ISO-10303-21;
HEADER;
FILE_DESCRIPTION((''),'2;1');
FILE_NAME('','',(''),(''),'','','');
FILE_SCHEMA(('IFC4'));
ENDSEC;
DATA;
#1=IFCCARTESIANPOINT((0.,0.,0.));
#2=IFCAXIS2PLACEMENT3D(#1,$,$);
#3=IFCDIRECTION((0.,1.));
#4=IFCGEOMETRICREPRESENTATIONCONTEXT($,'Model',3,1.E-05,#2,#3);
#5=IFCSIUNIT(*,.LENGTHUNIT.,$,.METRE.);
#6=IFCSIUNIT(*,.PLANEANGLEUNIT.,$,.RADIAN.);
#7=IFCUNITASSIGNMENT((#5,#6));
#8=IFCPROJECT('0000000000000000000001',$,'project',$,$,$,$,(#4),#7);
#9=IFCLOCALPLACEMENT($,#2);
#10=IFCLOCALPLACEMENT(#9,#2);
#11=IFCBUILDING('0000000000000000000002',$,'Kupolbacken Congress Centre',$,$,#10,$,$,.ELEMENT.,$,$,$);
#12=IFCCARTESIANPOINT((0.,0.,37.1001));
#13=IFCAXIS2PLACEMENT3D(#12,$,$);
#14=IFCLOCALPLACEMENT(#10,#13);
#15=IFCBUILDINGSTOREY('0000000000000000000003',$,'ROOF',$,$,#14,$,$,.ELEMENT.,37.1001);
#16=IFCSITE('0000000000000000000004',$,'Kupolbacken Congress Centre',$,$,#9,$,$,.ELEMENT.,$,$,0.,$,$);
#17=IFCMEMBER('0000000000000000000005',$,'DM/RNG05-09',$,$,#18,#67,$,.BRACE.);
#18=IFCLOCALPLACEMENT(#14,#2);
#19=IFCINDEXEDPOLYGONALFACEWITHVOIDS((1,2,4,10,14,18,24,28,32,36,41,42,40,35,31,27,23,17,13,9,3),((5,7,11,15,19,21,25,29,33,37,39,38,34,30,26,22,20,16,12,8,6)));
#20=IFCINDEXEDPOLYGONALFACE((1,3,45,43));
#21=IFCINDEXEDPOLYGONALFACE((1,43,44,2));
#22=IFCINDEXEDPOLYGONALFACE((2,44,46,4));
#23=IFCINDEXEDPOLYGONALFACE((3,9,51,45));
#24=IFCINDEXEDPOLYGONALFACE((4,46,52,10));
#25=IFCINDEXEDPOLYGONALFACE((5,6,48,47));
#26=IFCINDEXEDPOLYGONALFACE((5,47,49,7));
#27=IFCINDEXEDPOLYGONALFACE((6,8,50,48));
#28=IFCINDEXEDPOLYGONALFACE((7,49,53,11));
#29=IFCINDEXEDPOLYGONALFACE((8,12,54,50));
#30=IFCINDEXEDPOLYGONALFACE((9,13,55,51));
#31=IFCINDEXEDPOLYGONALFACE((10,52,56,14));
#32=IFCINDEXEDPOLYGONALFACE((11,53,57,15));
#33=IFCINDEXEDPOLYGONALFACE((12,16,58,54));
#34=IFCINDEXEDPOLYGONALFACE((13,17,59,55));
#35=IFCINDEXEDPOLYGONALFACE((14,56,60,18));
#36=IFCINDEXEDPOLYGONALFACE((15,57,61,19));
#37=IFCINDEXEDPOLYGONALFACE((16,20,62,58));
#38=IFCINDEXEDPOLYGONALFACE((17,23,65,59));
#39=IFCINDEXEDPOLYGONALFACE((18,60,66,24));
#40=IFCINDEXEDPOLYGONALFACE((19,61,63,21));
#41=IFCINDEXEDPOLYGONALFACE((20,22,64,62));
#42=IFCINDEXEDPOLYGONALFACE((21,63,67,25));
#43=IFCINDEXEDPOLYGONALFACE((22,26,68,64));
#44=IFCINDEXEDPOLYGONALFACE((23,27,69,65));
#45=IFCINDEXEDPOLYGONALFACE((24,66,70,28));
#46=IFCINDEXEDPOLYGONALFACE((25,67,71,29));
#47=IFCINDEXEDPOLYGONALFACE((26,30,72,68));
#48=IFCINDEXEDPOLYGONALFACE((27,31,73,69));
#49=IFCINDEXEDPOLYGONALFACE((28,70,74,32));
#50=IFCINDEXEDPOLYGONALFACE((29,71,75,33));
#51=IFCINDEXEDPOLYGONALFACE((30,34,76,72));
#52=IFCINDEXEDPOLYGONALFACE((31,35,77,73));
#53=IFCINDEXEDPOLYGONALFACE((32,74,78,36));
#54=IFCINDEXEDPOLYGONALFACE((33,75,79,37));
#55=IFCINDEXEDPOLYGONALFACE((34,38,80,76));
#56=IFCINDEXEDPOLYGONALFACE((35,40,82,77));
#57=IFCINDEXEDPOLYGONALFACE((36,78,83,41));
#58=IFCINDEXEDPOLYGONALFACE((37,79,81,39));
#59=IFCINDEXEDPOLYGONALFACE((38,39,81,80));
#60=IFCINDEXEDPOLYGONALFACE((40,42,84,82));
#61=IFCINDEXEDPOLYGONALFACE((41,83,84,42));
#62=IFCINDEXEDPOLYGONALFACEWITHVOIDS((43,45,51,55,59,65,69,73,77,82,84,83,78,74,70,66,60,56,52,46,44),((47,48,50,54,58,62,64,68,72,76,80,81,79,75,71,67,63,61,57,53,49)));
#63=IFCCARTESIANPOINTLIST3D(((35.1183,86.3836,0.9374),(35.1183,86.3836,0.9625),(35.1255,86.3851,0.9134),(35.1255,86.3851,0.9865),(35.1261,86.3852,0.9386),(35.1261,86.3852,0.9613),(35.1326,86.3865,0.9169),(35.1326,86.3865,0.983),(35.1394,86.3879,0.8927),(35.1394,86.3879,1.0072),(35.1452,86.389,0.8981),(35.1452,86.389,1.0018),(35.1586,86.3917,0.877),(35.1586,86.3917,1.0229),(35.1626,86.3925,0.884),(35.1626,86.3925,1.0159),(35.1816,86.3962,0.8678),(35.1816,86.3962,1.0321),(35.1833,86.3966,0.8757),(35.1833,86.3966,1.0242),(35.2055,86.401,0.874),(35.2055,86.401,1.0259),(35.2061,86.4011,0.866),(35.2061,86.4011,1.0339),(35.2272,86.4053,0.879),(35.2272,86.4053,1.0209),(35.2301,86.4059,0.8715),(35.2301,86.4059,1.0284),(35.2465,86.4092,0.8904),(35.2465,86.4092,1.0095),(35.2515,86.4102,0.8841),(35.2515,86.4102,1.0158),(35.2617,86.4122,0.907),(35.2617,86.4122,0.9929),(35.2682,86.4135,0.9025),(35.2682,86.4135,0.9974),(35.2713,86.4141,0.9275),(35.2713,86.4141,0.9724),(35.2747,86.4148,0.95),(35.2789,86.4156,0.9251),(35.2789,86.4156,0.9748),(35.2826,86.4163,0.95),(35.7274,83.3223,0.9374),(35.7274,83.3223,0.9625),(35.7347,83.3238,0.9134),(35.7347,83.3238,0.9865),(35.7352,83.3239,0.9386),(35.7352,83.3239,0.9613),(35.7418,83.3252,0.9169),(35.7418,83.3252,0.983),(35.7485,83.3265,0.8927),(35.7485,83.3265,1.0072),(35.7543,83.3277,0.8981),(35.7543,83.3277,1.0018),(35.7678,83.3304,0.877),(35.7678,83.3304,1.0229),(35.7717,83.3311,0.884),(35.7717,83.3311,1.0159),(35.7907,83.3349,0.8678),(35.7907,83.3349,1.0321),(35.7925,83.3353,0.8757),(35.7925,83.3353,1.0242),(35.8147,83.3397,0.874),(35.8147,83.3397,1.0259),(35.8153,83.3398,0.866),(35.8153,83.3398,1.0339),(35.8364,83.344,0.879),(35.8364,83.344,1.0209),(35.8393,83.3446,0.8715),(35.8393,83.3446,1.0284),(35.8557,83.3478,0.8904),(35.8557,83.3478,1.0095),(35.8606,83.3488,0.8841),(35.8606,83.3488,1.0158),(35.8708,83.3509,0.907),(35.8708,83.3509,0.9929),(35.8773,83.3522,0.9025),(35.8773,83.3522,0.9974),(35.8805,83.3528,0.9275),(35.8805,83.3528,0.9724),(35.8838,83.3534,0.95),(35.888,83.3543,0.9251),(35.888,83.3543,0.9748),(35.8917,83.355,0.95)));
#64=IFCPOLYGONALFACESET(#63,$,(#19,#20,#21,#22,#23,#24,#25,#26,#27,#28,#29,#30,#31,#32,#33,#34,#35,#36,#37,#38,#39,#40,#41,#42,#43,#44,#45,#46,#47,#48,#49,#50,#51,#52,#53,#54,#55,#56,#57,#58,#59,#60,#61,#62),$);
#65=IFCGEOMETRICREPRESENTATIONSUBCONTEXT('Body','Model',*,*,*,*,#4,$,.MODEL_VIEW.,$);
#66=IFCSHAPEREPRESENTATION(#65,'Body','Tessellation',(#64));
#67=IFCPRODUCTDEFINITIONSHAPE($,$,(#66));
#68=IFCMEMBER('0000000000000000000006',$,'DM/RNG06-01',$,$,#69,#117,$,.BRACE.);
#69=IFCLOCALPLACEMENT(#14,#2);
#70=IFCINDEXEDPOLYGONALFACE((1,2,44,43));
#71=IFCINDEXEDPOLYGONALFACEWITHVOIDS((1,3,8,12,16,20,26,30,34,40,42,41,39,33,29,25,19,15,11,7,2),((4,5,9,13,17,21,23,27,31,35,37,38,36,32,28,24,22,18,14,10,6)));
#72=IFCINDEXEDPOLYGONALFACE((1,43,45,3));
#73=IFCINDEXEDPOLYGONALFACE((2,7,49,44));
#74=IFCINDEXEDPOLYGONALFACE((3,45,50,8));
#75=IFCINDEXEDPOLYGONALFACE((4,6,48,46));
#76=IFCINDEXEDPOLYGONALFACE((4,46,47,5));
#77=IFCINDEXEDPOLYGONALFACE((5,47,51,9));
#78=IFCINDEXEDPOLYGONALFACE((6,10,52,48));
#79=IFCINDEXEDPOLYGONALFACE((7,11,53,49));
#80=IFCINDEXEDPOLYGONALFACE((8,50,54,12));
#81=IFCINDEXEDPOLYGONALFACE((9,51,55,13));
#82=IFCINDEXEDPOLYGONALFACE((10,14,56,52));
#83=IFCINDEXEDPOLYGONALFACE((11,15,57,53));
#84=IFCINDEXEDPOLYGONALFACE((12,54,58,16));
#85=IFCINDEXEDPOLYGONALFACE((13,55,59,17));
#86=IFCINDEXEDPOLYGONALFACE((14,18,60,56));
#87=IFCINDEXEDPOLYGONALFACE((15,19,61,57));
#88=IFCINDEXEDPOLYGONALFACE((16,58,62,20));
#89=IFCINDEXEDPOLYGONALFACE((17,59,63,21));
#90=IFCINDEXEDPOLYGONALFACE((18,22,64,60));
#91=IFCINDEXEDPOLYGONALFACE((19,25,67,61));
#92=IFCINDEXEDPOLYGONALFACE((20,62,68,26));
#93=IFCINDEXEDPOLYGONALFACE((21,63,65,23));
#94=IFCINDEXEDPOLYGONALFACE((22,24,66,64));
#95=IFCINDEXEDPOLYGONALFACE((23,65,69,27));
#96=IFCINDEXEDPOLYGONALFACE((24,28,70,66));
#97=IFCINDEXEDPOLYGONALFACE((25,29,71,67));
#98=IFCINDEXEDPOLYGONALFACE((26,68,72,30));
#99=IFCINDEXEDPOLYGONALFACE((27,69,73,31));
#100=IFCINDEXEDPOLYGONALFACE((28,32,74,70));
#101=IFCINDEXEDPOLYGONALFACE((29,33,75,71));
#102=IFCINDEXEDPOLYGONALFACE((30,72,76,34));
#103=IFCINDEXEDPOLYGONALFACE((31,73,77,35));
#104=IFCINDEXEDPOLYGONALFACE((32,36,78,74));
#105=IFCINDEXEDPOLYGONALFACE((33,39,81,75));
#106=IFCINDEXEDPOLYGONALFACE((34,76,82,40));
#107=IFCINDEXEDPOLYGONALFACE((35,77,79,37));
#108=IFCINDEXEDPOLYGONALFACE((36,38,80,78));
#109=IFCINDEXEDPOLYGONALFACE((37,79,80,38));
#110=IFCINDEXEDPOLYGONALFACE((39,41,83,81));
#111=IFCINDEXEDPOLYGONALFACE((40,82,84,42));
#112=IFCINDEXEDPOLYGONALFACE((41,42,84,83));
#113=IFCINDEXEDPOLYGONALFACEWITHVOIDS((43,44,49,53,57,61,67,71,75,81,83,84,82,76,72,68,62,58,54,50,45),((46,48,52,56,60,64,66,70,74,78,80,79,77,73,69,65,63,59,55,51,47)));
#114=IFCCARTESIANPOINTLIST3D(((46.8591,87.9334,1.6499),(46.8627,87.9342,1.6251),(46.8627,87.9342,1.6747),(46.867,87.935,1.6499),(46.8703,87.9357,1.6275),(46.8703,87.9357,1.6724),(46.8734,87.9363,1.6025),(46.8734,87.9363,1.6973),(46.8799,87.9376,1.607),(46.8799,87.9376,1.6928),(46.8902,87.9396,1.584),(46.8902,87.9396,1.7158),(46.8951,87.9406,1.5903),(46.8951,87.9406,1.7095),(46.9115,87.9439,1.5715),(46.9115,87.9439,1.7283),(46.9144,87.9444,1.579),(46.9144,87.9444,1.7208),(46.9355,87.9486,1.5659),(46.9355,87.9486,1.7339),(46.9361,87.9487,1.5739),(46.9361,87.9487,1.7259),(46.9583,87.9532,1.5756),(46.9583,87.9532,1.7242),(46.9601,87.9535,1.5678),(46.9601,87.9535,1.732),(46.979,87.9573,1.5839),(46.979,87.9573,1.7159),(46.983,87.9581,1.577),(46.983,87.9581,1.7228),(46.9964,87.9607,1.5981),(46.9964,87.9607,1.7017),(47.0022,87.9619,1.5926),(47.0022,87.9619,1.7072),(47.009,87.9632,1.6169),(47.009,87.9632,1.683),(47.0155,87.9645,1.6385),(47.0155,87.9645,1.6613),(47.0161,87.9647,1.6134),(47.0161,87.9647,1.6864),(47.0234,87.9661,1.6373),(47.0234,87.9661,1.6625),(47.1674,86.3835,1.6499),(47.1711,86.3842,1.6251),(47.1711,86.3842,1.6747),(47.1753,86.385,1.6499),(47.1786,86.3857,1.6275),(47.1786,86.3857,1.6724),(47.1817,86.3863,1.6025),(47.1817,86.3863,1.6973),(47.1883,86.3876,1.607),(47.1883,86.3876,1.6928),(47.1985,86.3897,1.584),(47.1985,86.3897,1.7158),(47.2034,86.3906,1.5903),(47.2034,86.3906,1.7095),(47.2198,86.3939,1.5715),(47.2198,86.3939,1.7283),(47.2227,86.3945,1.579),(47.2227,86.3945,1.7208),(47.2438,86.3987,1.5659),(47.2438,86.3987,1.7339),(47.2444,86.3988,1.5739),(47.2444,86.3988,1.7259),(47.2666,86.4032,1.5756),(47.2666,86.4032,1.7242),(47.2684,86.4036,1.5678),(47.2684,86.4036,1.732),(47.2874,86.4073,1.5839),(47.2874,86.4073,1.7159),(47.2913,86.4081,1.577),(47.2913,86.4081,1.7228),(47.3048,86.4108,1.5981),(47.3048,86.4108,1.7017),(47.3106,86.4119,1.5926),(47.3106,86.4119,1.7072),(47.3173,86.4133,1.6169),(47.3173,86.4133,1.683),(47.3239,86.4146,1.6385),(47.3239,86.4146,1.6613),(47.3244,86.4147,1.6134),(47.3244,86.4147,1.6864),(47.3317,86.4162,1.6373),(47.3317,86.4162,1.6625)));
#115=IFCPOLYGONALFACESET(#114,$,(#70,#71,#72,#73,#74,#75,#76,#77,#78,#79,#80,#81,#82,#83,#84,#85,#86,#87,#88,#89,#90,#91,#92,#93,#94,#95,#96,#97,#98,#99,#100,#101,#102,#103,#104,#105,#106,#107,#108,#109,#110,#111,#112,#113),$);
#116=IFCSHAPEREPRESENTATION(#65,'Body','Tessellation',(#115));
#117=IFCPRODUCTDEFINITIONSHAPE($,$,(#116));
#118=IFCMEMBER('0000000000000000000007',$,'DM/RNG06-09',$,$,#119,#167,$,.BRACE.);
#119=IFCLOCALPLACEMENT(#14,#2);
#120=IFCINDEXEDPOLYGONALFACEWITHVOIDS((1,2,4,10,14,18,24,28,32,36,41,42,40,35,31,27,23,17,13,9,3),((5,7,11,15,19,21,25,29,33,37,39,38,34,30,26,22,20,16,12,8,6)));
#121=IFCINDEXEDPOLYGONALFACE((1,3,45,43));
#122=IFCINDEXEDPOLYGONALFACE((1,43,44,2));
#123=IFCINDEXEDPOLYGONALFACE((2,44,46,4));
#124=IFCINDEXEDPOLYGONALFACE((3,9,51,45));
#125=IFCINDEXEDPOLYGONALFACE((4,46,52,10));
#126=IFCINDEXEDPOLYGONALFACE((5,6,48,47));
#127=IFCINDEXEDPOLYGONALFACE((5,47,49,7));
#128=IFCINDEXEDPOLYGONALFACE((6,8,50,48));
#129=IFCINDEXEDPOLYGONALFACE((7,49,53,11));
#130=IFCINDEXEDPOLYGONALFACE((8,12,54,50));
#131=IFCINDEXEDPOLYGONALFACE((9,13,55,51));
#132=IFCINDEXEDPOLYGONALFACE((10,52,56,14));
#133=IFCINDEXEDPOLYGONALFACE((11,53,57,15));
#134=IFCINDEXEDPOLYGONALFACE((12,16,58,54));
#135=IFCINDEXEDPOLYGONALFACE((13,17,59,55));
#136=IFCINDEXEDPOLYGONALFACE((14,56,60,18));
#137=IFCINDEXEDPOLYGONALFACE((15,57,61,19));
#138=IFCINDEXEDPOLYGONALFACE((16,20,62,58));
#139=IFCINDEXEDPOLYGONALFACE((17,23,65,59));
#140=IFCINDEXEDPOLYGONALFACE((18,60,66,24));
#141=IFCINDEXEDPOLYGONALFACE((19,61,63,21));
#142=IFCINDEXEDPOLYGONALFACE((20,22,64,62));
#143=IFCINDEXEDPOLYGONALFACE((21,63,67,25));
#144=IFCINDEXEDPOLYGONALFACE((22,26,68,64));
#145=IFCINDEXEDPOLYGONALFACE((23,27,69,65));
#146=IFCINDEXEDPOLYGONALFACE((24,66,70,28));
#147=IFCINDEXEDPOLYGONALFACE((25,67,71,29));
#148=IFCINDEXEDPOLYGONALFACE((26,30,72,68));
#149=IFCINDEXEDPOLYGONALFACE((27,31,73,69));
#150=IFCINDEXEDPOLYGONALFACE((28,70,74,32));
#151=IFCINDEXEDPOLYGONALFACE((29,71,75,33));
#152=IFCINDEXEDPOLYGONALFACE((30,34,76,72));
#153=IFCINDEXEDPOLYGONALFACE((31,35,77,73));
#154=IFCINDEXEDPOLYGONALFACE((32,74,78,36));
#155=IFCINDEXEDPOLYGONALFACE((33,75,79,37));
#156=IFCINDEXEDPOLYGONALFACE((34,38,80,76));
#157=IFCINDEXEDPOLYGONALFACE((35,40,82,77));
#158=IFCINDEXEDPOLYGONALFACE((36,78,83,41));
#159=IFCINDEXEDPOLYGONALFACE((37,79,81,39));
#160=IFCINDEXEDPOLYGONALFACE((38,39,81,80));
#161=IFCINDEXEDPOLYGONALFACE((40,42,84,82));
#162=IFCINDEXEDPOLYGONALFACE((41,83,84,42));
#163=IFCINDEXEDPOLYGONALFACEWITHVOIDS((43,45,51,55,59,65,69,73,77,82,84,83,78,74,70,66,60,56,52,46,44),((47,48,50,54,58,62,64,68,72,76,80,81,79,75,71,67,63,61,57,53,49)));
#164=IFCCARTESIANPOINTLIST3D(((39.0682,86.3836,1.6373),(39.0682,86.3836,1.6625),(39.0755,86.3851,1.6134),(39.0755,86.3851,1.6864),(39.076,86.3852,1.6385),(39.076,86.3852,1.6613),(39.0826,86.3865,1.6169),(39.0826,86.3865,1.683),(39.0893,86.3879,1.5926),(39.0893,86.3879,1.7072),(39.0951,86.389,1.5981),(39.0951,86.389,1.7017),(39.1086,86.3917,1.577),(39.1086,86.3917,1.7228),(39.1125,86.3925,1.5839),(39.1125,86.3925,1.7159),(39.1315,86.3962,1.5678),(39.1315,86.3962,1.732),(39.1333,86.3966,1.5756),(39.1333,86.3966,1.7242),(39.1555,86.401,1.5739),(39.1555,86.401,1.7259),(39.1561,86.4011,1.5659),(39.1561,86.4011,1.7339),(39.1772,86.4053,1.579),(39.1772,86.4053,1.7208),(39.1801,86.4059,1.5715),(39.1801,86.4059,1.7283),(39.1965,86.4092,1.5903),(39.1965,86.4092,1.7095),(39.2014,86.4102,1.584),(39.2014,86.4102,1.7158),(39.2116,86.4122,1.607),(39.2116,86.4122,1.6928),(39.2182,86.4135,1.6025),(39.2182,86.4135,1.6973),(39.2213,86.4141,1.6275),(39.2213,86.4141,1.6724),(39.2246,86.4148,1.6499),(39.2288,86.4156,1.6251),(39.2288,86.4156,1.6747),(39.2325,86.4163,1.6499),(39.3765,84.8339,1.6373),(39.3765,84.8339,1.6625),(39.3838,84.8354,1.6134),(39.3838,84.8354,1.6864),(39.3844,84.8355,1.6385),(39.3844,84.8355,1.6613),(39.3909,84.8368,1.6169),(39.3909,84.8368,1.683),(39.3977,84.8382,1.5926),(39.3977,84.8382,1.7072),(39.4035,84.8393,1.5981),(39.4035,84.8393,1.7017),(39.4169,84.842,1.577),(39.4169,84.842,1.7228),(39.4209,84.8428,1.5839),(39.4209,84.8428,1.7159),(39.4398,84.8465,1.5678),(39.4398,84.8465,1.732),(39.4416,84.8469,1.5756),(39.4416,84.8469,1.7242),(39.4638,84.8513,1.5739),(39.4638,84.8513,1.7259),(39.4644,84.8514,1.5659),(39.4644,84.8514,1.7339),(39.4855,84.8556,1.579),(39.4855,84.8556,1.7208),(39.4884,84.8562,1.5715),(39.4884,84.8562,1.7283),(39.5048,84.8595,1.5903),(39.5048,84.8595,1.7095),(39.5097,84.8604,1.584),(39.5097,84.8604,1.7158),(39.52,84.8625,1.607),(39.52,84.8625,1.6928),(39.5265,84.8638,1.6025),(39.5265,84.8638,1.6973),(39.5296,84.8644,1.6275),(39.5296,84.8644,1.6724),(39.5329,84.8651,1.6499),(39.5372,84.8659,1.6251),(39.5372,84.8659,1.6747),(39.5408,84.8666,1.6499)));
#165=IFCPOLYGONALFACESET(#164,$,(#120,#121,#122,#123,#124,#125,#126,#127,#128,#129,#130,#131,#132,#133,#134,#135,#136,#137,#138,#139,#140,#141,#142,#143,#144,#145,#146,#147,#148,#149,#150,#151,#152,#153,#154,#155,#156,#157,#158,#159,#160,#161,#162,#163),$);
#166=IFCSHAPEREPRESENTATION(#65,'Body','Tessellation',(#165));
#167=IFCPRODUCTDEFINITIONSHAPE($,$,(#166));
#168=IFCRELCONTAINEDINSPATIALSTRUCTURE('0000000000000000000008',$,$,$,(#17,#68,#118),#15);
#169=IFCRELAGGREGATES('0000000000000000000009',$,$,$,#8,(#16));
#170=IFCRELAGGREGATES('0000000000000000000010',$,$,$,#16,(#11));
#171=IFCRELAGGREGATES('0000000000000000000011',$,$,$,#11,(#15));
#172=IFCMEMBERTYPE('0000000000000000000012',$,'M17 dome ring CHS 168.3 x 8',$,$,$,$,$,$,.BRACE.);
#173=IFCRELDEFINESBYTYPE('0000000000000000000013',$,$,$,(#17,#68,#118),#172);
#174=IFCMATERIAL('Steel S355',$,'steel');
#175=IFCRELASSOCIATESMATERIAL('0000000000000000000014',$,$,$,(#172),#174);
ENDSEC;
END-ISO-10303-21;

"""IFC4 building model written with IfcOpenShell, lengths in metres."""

from ifc_helpers import new_model, si_unit, direction, frame, origin, origin_2d, place, context, subcontext, project, spatial, hollow_circle, extrude, material, material_profile, profile_set, type_object, element, save


model = new_model("IFC4")

# Units and contexts
model_context = context("Model", 3, precision=1e-05, world=origin(), true_north=direction((0.0, 1.0)))
body_context = subcontext(model_context, "Body", "Model", "MODEL_VIEW")
ifc_project = project(units=[si_unit("LENGTHUNIT", "METRE"), si_unit("PLANEANGLEUNIT", "RADIAN")], contexts=[model_context])

# Site, building, storey
site_placement = place(None, origin())
site = spatial("IfcSite", under=ifc_project, at=site_placement, Name="Kupolbacken Congress Centre", CompositionType="ELEMENT", RefElevation=0.0)
building_placement = place(site_placement, origin())
building = spatial("IfcBuilding", under=site, at=building_placement, Name="Kupolbacken Congress Centre", CompositionType="ELEMENT")
storey_placement = place(building_placement, frame((0.0, 0.0, 37.1001)))
storey = spatial("IfcBuildingStorey", under=building, at=storey_placement, Name="ROOF", CompositionType="ELEMENT", Elevation=37.1001)

# Members
ifc_material_1 = material(Name="Steel S355", Category="steel")
ifc_material_profile_1 = material_profile(ifc_material_1, hollow_circle(Radius=0.0842, WallThickness=0.0081, at=origin_2d()), Name="CHS 168.3 x 8")
ifc_profile_set_1 = profile_set([ifc_material_profile_1], Name="Steel S355")
member_type_1 = type_object("IfcMemberType", Name="M17 dome ring CHS 168.3 x 8", PredefinedType="BRACE", material=ifc_profile_set_1)
member_1_placement = place(storey_placement, frame((35.2, 86.3999, 0.95), z_axis=(0.195153, -0.980773, 0.0), x_axis=(0.980773, 0.195153, 0.0)))
element("IfcMember", 1, at=member_1_placement, inside=storey, type_object=member_type_1, Name="DM/RNG05-09", PredefinedType="BRACE", context=body_context, shape_type="SweptSolid", body=[
    extrude(hollow_circle(Radius=0.0842, WallThickness=0.0081, at=origin_2d()), origin(), (0.0, 0.0, 1.0), 3.1213),
])
member_2_placement = place(storey_placement, frame((47.25, 86.3999, 1.6499), z_axis=(-0.195106, 0.980782, 0.0), x_axis=(-0.980782, -0.195106, 0.0)))
element("IfcMember", 2, at=member_2_placement, inside=storey, type_object=member_type_1, Name="DM/RNG06-01", PredefinedType="BRACE", context=body_context, shape_type="SweptSolid", body=[
    extrude(hollow_circle(Radius=0.0842, WallThickness=0.0081, at=origin_2d()), origin(), (0.0, 0.0, 1.0), 1.5803),
])
member_3_placement = place(storey_placement, frame((39.1499, 86.3999, 1.6499), z_axis=(0.195136, -0.980776, 0.0), x_axis=(0.980776, 0.195136, 0.0)))
element("IfcMember", 3, at=member_3_placement, inside=storey, type_object=member_type_1, Name="DM/RNG06-09", PredefinedType="BRACE", context=body_context, shape_type="SweptSolid", body=[
    extrude(hollow_circle(Radius=0.0842, WallThickness=0.0081, at=origin_2d()), origin(), (0.0, 0.0, 1.0), 1.5801),
])

save(model, "model.ifc")
